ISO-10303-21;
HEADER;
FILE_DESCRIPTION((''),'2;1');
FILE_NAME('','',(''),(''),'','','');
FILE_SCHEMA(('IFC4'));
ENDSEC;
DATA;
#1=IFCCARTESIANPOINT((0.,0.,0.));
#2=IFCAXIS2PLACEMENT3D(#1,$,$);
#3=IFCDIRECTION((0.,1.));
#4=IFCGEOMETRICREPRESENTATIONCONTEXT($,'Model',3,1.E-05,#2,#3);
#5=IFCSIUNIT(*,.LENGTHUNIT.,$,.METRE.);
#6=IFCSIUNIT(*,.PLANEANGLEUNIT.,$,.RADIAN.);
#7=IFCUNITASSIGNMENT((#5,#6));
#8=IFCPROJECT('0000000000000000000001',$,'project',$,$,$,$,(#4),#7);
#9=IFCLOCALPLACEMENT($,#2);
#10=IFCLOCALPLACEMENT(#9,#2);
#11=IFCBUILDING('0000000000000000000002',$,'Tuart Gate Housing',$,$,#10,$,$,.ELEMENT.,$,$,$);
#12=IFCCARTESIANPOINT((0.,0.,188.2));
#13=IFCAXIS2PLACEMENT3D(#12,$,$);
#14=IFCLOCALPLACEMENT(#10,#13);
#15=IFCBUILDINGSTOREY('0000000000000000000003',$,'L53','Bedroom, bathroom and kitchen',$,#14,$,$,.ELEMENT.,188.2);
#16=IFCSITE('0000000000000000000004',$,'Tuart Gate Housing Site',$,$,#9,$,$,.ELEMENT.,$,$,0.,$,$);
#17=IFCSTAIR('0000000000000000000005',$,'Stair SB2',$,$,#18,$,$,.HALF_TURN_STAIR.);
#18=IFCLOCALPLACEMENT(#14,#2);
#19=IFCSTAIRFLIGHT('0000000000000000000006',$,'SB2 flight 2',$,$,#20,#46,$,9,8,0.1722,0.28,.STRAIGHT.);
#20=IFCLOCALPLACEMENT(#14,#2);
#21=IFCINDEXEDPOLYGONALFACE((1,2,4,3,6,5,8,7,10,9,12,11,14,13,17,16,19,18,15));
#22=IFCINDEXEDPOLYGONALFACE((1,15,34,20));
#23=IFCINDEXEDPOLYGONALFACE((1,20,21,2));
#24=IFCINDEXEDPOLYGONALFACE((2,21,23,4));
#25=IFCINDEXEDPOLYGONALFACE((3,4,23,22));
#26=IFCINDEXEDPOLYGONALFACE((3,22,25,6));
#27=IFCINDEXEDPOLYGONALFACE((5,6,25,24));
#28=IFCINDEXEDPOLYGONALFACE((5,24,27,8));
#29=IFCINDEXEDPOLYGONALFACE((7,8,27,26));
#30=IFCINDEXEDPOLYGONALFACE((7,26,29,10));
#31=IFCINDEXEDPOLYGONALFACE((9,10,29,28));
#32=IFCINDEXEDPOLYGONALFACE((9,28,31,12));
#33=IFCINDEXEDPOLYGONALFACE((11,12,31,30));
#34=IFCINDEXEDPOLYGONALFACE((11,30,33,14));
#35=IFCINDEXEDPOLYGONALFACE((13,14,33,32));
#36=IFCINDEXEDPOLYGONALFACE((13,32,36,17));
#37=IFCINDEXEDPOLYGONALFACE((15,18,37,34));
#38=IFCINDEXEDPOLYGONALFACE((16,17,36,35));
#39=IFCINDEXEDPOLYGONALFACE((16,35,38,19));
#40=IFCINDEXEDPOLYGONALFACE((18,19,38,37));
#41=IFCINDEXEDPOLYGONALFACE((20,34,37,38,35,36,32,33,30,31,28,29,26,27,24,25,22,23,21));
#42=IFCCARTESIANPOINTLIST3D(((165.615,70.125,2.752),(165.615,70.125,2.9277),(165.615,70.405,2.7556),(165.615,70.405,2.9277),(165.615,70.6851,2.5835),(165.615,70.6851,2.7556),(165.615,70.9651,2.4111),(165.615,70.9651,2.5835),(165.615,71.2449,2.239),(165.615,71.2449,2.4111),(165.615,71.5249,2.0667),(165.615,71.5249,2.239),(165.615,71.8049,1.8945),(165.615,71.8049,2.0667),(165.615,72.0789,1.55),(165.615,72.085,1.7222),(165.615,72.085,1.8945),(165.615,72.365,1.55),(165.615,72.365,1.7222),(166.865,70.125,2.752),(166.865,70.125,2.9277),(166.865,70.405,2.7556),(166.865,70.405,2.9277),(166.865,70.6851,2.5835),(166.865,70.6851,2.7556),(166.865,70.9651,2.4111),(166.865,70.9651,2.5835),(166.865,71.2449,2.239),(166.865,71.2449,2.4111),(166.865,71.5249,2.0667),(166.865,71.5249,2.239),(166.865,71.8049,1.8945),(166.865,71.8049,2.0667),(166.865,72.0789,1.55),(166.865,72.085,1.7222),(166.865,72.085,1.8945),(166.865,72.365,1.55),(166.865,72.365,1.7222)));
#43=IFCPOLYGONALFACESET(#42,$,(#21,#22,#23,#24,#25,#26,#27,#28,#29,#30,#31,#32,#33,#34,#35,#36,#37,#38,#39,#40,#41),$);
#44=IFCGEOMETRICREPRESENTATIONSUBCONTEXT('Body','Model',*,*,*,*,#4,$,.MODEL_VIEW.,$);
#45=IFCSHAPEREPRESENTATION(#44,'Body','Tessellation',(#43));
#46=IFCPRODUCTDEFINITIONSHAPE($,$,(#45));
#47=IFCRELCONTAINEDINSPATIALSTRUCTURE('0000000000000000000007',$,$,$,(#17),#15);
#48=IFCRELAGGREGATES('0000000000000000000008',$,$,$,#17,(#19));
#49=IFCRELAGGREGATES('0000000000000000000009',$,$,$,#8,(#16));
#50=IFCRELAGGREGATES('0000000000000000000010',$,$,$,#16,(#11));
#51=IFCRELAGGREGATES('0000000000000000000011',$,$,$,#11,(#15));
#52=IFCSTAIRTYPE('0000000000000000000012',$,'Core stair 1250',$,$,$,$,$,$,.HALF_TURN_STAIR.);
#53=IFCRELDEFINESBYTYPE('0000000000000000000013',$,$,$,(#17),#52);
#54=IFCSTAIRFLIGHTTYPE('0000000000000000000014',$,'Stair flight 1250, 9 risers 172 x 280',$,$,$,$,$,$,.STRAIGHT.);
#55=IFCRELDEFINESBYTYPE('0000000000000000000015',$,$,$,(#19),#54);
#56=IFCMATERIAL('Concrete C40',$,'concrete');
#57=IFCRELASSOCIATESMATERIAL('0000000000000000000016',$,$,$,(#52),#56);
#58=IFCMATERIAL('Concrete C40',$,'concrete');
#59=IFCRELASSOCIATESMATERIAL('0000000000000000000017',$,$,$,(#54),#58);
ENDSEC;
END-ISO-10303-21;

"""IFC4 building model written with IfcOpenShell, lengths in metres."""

from ifc_helpers import new_model, si_unit, direction, frame, origin, place, context, subcontext, project, spatial, polyline, outline, extrude, material, type_object, element, aggregate, save


model = new_model("IFC4")

# Units and contexts
model_context = context("Model", 3, precision=1e-05, world=origin(), true_north=direction((0.0, 1.0)))
body_context = subcontext(model_context, "Body", "Model", "MODEL_VIEW")
ifc_project = project(units=[si_unit("LENGTHUNIT", "METRE"), si_unit("PLANEANGLEUNIT", "RADIAN")], contexts=[model_context])

# Site, building, storey
site_placement = place(None, origin())
site = spatial("IfcSite", under=ifc_project, at=site_placement, Name="Tuart Gate Housing Site", CompositionType="ELEMENT", RefElevation=0.0)
building_placement = place(site_placement, origin())
building = spatial("IfcBuilding", under=site, at=building_placement, Name="Tuart Gate Housing", CompositionType="ELEMENT")
storey_placement = place(building_placement, frame((0.0, 0.0, 188.2)))
storey = spatial("IfcBuildingStorey", under=building, at=storey_placement, Name="L53", Description="Bedroom, bathroom and kitchen", CompositionType="ELEMENT", Elevation=188.2)

# Stair, stair flight
ifc_material_1 = material(Name="Concrete C40", Category="concrete")
stair_type = type_object("IfcStairType", Name="Core stair 1250", PredefinedType="HALF_TURN_STAIR", material=ifc_material_1)
stair_placement = place(storey_placement, origin())
stair = element("IfcStair", 1, at=stair_placement, inside=storey, type_object=stair_type, Name="Stair SB2", PredefinedType="HALF_TURN_STAIR")
ifc_material_2 = material(Name="Concrete C40", Category="concrete")
stair_flight_type = type_object("IfcStairFlightType", Name="Stair flight 1250, 9 risers 172 x 280", PredefinedType="STRAIGHT", material=ifc_material_2)
stair_flight_placement = place(storey_placement, frame((166.24, 72.365, 1.55), z_axis=(0.0, 0.0, 1.0), x_axis=(0.0, -1.0, 0.0)))
stair_flight = element("IfcStairFlight", 2, at=stair_flight_placement, type_object=stair_flight_type, Name="SB2 flight 2", NumberOfRisers=9, NumberOfTreads=8, PredefinedType="STRAIGHT", RiserHeight=0.1722, TreadLength=0.28, context=body_context, shape_type="SweptSolid", body=[
    extrude(outline(polyline([(0.0, 0.0), (0.0, 0.1721), (0.28, 0.1721), (0.28, 0.3445), (0.5601, 0.3445), (0.5601, 0.5166), (0.8401, 0.5166), (0.8401, 0.689), (1.1201, 0.689), (1.1201, 0.8611), (1.3999, 0.8611), (1.3999, 1.0334), (1.6799, 1.0334), (1.6799, 1.2056), (1.96, 1.2056), (1.96, 1.3777), (2.24, 1.3777), (2.24, 1.55), (2.24, 1.2019), (0.2861, 0.0), (0.0, 0.0)])), frame((0.0, 0.625, 0.0), z_axis=(0.0, -1.0, 0.0), x_axis=(1.0, 0.0, 0.0)), (0.0, 0.0, 1.0), 1.25),
])
aggregate(stair, [stair_flight])

save(model, "model.ifc")
